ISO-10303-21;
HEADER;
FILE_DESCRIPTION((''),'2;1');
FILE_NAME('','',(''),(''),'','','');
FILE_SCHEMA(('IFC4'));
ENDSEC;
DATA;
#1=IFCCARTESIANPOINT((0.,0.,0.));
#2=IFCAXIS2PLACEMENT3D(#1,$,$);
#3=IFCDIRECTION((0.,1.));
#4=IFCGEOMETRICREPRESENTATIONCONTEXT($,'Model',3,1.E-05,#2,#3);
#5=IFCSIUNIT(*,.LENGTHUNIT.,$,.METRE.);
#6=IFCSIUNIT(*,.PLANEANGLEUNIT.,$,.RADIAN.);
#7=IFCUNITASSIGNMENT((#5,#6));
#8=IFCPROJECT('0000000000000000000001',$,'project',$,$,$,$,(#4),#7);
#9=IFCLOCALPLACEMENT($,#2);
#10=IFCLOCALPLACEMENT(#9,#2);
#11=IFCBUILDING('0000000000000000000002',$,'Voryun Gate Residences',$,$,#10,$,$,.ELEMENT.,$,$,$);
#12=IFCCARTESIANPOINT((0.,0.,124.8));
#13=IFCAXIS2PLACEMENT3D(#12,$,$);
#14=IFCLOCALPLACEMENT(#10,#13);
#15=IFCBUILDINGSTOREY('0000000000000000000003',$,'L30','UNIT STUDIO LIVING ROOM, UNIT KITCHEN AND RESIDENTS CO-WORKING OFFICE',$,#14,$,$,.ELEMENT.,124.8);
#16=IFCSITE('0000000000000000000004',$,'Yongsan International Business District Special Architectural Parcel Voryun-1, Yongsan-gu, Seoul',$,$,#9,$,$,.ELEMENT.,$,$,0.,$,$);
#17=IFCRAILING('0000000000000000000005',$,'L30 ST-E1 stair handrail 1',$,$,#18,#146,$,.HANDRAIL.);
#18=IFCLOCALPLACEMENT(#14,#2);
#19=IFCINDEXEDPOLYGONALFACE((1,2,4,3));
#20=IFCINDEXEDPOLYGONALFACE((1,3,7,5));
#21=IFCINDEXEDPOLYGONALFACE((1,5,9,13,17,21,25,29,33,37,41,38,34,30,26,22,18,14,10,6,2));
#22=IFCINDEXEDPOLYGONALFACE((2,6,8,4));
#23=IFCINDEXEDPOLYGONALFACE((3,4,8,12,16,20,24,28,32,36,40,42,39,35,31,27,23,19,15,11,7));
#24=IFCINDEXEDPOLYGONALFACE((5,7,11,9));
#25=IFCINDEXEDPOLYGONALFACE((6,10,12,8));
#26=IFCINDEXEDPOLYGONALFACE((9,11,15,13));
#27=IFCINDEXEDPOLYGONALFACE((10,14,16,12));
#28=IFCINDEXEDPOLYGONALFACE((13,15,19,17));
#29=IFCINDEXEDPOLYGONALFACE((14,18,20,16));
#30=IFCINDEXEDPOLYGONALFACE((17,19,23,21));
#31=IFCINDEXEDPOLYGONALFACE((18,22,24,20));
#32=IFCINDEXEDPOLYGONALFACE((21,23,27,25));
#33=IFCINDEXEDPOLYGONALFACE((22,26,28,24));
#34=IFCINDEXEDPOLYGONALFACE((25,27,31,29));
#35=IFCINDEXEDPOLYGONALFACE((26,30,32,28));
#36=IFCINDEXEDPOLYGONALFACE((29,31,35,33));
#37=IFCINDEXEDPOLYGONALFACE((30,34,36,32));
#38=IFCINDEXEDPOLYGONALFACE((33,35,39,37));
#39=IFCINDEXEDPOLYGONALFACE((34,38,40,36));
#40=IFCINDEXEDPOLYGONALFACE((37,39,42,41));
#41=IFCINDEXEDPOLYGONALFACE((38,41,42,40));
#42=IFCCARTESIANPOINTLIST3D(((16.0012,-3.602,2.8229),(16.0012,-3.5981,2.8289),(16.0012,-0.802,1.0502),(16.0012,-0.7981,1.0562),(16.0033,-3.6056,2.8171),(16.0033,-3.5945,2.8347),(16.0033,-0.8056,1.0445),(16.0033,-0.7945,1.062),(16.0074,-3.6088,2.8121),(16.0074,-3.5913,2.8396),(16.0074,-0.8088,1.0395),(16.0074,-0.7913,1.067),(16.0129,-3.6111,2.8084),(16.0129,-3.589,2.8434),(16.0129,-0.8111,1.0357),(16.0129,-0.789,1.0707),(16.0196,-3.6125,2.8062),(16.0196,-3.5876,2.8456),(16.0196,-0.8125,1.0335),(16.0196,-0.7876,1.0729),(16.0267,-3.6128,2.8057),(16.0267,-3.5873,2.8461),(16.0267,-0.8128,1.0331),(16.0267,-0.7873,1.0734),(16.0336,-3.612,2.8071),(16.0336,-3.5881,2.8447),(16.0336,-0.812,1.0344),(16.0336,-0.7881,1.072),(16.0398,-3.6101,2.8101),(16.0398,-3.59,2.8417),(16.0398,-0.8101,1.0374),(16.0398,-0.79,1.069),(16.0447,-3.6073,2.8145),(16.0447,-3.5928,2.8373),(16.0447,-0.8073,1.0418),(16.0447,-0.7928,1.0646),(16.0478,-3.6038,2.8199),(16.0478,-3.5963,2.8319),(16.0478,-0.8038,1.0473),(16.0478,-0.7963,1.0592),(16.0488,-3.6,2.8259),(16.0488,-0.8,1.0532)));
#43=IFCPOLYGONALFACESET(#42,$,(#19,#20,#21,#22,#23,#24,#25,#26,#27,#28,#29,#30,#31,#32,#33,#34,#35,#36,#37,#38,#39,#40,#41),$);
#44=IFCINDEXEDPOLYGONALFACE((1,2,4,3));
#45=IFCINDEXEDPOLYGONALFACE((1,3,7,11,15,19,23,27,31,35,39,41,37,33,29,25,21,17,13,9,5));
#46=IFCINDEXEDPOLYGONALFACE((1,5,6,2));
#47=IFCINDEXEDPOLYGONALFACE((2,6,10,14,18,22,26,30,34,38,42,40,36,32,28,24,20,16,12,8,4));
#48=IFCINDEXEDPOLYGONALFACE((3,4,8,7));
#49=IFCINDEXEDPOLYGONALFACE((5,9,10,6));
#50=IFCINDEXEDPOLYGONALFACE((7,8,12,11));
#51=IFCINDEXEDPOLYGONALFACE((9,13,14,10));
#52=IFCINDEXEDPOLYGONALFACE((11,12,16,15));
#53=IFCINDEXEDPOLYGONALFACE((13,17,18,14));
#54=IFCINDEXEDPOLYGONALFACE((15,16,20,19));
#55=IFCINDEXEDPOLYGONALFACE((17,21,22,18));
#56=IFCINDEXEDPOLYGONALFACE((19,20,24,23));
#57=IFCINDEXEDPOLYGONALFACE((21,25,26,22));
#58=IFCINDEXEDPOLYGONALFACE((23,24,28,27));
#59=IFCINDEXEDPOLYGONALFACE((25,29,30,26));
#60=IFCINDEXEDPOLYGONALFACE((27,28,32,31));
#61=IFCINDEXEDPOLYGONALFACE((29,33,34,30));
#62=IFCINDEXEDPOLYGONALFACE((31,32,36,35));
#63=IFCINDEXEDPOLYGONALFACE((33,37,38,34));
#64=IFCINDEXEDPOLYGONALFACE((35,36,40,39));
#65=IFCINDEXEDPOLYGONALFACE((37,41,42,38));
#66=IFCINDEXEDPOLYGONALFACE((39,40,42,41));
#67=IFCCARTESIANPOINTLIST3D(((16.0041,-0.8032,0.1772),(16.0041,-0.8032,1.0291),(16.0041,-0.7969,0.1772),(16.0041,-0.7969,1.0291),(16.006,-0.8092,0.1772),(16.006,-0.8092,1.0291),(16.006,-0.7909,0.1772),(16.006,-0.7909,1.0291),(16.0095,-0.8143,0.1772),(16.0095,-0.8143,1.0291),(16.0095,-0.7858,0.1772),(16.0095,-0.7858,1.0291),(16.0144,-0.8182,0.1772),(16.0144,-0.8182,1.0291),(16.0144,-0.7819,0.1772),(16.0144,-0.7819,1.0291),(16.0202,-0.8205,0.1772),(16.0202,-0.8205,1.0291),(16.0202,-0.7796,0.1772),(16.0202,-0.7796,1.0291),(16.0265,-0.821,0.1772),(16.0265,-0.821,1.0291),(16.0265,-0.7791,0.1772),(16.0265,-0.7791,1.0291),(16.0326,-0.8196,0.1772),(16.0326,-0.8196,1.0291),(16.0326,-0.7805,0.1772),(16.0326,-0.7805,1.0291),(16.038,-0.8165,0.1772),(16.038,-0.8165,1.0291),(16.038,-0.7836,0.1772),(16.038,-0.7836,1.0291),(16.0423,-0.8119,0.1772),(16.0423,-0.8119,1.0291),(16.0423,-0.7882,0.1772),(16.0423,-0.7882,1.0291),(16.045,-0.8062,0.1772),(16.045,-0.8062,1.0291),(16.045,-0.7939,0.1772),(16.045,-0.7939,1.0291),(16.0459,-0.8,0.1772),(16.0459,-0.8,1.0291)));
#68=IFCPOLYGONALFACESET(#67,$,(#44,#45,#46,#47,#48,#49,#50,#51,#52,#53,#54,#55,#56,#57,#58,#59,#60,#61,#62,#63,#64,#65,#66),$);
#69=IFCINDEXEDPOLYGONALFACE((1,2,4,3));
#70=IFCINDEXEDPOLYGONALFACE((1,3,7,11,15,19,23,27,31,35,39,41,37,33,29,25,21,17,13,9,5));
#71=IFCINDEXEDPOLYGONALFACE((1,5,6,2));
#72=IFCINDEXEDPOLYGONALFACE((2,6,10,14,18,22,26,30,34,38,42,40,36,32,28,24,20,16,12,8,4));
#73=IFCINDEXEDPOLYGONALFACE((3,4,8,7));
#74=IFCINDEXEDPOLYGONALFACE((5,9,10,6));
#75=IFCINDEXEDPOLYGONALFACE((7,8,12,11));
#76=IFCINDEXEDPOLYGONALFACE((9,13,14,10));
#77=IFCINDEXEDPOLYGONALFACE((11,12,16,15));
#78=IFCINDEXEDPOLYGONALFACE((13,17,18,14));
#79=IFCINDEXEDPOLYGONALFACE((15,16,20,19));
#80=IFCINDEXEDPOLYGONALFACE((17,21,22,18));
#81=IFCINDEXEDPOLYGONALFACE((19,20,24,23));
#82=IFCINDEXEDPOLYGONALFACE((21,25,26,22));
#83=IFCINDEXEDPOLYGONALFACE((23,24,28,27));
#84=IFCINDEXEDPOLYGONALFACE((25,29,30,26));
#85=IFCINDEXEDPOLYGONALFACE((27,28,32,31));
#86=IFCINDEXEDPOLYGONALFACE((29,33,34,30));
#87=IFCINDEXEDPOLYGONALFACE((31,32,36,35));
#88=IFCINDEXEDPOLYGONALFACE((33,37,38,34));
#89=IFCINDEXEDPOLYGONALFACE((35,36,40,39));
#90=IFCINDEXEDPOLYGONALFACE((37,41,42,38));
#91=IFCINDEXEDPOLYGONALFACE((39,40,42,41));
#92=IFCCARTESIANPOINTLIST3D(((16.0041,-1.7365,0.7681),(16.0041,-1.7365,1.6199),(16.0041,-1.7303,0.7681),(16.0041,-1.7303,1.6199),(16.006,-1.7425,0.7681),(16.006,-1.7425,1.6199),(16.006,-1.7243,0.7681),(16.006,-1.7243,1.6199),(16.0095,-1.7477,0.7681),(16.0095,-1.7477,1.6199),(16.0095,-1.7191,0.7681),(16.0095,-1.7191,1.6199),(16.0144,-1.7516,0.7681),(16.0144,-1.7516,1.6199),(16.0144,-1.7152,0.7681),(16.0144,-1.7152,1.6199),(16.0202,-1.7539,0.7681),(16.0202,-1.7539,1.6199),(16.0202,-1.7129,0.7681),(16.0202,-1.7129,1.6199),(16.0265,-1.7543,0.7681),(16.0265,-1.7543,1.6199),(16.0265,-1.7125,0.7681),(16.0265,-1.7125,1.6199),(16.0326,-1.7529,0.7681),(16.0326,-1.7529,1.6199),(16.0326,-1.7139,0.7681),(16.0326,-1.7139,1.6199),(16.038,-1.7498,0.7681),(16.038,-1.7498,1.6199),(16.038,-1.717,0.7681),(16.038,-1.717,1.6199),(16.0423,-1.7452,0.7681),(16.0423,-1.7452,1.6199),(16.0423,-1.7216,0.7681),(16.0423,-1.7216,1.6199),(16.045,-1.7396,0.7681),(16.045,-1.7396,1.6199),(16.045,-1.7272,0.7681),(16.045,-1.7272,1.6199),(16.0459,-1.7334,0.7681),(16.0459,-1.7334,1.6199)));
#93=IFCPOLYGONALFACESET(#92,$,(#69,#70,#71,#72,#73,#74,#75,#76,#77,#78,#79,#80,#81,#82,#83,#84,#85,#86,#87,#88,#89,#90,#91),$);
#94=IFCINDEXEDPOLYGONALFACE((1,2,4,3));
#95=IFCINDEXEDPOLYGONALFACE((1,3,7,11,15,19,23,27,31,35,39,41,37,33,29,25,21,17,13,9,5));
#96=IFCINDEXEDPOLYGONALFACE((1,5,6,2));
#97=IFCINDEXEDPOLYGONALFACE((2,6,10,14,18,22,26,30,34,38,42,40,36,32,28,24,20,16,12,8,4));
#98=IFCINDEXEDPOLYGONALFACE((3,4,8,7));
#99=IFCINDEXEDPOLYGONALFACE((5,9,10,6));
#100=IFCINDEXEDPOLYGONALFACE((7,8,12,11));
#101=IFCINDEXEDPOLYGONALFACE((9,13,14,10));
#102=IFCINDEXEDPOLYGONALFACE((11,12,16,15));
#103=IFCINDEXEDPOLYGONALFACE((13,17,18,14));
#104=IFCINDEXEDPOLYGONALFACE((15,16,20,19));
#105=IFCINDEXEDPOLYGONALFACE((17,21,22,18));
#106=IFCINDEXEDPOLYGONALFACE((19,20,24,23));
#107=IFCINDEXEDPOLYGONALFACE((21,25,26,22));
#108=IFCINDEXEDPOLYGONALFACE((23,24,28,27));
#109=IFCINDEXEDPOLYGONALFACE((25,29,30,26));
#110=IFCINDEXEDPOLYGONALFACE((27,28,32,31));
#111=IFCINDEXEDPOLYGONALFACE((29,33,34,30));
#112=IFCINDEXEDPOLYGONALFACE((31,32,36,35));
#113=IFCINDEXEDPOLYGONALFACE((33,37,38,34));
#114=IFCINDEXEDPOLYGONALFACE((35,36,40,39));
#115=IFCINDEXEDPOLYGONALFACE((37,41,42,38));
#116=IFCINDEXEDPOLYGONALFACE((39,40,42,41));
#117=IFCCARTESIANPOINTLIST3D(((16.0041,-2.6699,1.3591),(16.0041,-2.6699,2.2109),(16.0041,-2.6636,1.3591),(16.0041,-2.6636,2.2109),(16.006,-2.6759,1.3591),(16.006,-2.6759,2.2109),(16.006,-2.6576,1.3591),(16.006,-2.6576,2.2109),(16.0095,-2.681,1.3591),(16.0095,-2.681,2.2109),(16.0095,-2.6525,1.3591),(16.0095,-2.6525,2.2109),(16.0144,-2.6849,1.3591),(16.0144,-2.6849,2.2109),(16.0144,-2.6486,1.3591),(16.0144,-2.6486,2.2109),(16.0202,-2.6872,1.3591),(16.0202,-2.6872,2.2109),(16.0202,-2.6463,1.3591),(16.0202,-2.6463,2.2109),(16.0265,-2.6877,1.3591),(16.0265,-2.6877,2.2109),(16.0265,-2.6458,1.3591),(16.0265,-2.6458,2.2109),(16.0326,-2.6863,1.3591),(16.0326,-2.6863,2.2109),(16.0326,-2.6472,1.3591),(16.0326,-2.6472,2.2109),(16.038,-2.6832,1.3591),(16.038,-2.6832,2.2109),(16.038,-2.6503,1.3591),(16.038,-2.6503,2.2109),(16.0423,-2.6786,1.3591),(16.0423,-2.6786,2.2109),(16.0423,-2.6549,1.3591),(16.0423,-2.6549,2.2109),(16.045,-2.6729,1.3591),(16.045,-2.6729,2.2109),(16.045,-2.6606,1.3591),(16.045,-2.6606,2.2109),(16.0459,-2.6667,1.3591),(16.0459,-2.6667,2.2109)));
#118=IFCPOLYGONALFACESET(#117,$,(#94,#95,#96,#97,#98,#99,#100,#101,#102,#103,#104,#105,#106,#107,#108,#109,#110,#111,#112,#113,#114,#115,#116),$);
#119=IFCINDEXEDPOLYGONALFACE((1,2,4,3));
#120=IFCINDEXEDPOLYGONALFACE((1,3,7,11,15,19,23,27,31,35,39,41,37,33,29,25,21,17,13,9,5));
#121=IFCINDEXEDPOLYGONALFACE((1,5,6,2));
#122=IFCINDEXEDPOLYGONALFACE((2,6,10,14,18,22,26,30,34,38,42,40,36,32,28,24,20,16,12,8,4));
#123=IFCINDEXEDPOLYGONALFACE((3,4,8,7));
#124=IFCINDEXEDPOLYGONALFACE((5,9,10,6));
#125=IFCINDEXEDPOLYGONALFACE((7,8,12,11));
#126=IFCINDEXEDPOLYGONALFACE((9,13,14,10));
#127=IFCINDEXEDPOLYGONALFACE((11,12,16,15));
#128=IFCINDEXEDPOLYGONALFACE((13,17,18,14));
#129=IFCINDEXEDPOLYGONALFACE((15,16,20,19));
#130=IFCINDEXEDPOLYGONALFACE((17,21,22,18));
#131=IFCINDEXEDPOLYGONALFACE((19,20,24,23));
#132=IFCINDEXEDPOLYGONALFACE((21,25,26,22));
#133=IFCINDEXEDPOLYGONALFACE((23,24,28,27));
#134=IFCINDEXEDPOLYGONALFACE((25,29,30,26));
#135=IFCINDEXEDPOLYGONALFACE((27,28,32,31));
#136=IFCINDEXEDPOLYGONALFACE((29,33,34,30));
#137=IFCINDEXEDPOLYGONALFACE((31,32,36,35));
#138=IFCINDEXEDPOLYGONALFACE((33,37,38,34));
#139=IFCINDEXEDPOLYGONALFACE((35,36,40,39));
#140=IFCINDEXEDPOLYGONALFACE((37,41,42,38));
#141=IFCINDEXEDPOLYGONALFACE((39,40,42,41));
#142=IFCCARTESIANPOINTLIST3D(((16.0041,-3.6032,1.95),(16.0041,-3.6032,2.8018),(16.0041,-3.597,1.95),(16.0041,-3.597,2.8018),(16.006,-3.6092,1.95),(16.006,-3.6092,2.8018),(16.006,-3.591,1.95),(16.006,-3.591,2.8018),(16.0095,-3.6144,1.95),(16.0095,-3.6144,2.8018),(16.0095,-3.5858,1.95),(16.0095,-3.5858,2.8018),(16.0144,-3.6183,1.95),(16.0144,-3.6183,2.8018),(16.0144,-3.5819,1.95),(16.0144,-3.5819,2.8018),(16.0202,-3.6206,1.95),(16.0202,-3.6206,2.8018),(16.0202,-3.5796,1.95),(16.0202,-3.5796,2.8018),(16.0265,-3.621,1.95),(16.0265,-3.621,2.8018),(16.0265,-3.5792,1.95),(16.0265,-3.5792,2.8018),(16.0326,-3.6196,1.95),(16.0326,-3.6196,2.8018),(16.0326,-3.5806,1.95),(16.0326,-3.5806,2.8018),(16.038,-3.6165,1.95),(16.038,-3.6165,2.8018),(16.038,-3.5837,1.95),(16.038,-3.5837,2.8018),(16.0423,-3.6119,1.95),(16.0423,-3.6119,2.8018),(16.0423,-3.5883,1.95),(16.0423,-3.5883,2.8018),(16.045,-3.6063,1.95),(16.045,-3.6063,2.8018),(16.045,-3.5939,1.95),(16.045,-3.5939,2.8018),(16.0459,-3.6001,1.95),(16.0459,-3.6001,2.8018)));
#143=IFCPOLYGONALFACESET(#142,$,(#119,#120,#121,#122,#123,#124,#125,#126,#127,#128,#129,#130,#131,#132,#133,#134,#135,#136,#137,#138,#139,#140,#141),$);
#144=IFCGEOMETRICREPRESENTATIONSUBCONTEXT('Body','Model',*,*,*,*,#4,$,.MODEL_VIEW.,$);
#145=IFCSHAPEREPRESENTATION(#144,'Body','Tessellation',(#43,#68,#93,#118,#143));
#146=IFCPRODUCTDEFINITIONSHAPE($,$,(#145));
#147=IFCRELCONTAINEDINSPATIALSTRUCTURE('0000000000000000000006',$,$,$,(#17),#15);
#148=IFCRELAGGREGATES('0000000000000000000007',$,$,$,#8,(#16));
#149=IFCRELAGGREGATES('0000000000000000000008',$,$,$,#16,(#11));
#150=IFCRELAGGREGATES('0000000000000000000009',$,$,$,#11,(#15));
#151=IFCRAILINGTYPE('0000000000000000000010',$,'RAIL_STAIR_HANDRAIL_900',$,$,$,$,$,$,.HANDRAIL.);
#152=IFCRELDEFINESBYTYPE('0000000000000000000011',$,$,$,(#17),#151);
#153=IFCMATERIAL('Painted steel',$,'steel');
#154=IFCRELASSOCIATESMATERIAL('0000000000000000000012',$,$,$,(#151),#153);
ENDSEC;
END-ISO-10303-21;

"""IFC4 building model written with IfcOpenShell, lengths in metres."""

from ifc_helpers import new_model, si_unit, direction, frame, origin, origin_2d, place, context, subcontext, project, spatial, circle, extrude, material, type_object, element, save


model = new_model("IFC4")

# Units and contexts
model_context = context("Model", 3, precision=1e-05, world=origin(), true_north=direction((0.0, 1.0)))
body_context = subcontext(model_context, "Body", "Model", "MODEL_VIEW")
ifc_project = project(units=[si_unit("LENGTHUNIT", "METRE"), si_unit("PLANEANGLEUNIT", "RADIAN")], contexts=[model_context])

# Site, building, storey
site_placement = place(None, origin())
site = spatial("IfcSite", under=ifc_project, at=site_placement, Name="Yongsan International Business District Special Architectural Parcel Voryun-1, Yongsan-gu, Seoul", CompositionType="ELEMENT", RefElevation=0.0)
building_placement = place(site_placement, origin())
building = spatial("IfcBuilding", under=site, at=building_placement, Name="Voryun Gate Residences", CompositionType="ELEMENT")
storey_placement = place(building_placement, frame((0.0, 0.0, 124.8)))
storey = spatial("IfcBuildingStorey", under=building, at=storey_placement, Name="L30", Description="UNIT STUDIO LIVING ROOM, UNIT KITCHEN AND RESIDENTS CO-WORKING OFFICE", CompositionType="ELEMENT", Elevation=124.8)

# Railing
ifc_material_1 = material(Name="Painted steel", Category="steel")
railing_type_1 = type_object("IfcRailingType", Name="RAIL_STAIR_HANDRAIL_900", PredefinedType="HANDRAIL", material=ifc_material_1)
railing_1_placement = place(storey_placement, frame((16.0249, -0.8, 0.1772)))
element("IfcRailing", 1, at=railing_1_placement, inside=storey, type_object=railing_type_1, Name="L30 ST-E1 stair handrail 1", PredefinedType="HANDRAIL", context=body_context, shape_type="SweptSolid", body=[
    extrude(circle(Radius=0.0239, at=origin_2d()), frame((0.0, 0.0, 0.876), z_axis=(0.0, -0.844909, 0.53491), x_axis=(1.0, 0.0, 0.0)), (0.0, 0.0, 1.0), 3.314),
    extrude(circle(Radius=0.021, at=origin_2d()), origin(), (0.0, 0.0, 1.0), 0.8518),
    extrude(circle(Radius=0.021, at=origin_2d()), frame((0.0, -0.9333, 0.5908)), (0.0, 0.0, 1.0), 0.8518),
    extrude(circle(Radius=0.021, at=origin_2d()), frame((0.0, -1.8667, 1.1819)), (0.0, 0.0, 1.0), 0.8518),
    extrude(circle(Radius=0.021, at=origin_2d()), frame((0.0, -2.8, 1.7727)), (0.0, 0.0, 1.0), 0.8518),
])

save(model, "model.ifc")
